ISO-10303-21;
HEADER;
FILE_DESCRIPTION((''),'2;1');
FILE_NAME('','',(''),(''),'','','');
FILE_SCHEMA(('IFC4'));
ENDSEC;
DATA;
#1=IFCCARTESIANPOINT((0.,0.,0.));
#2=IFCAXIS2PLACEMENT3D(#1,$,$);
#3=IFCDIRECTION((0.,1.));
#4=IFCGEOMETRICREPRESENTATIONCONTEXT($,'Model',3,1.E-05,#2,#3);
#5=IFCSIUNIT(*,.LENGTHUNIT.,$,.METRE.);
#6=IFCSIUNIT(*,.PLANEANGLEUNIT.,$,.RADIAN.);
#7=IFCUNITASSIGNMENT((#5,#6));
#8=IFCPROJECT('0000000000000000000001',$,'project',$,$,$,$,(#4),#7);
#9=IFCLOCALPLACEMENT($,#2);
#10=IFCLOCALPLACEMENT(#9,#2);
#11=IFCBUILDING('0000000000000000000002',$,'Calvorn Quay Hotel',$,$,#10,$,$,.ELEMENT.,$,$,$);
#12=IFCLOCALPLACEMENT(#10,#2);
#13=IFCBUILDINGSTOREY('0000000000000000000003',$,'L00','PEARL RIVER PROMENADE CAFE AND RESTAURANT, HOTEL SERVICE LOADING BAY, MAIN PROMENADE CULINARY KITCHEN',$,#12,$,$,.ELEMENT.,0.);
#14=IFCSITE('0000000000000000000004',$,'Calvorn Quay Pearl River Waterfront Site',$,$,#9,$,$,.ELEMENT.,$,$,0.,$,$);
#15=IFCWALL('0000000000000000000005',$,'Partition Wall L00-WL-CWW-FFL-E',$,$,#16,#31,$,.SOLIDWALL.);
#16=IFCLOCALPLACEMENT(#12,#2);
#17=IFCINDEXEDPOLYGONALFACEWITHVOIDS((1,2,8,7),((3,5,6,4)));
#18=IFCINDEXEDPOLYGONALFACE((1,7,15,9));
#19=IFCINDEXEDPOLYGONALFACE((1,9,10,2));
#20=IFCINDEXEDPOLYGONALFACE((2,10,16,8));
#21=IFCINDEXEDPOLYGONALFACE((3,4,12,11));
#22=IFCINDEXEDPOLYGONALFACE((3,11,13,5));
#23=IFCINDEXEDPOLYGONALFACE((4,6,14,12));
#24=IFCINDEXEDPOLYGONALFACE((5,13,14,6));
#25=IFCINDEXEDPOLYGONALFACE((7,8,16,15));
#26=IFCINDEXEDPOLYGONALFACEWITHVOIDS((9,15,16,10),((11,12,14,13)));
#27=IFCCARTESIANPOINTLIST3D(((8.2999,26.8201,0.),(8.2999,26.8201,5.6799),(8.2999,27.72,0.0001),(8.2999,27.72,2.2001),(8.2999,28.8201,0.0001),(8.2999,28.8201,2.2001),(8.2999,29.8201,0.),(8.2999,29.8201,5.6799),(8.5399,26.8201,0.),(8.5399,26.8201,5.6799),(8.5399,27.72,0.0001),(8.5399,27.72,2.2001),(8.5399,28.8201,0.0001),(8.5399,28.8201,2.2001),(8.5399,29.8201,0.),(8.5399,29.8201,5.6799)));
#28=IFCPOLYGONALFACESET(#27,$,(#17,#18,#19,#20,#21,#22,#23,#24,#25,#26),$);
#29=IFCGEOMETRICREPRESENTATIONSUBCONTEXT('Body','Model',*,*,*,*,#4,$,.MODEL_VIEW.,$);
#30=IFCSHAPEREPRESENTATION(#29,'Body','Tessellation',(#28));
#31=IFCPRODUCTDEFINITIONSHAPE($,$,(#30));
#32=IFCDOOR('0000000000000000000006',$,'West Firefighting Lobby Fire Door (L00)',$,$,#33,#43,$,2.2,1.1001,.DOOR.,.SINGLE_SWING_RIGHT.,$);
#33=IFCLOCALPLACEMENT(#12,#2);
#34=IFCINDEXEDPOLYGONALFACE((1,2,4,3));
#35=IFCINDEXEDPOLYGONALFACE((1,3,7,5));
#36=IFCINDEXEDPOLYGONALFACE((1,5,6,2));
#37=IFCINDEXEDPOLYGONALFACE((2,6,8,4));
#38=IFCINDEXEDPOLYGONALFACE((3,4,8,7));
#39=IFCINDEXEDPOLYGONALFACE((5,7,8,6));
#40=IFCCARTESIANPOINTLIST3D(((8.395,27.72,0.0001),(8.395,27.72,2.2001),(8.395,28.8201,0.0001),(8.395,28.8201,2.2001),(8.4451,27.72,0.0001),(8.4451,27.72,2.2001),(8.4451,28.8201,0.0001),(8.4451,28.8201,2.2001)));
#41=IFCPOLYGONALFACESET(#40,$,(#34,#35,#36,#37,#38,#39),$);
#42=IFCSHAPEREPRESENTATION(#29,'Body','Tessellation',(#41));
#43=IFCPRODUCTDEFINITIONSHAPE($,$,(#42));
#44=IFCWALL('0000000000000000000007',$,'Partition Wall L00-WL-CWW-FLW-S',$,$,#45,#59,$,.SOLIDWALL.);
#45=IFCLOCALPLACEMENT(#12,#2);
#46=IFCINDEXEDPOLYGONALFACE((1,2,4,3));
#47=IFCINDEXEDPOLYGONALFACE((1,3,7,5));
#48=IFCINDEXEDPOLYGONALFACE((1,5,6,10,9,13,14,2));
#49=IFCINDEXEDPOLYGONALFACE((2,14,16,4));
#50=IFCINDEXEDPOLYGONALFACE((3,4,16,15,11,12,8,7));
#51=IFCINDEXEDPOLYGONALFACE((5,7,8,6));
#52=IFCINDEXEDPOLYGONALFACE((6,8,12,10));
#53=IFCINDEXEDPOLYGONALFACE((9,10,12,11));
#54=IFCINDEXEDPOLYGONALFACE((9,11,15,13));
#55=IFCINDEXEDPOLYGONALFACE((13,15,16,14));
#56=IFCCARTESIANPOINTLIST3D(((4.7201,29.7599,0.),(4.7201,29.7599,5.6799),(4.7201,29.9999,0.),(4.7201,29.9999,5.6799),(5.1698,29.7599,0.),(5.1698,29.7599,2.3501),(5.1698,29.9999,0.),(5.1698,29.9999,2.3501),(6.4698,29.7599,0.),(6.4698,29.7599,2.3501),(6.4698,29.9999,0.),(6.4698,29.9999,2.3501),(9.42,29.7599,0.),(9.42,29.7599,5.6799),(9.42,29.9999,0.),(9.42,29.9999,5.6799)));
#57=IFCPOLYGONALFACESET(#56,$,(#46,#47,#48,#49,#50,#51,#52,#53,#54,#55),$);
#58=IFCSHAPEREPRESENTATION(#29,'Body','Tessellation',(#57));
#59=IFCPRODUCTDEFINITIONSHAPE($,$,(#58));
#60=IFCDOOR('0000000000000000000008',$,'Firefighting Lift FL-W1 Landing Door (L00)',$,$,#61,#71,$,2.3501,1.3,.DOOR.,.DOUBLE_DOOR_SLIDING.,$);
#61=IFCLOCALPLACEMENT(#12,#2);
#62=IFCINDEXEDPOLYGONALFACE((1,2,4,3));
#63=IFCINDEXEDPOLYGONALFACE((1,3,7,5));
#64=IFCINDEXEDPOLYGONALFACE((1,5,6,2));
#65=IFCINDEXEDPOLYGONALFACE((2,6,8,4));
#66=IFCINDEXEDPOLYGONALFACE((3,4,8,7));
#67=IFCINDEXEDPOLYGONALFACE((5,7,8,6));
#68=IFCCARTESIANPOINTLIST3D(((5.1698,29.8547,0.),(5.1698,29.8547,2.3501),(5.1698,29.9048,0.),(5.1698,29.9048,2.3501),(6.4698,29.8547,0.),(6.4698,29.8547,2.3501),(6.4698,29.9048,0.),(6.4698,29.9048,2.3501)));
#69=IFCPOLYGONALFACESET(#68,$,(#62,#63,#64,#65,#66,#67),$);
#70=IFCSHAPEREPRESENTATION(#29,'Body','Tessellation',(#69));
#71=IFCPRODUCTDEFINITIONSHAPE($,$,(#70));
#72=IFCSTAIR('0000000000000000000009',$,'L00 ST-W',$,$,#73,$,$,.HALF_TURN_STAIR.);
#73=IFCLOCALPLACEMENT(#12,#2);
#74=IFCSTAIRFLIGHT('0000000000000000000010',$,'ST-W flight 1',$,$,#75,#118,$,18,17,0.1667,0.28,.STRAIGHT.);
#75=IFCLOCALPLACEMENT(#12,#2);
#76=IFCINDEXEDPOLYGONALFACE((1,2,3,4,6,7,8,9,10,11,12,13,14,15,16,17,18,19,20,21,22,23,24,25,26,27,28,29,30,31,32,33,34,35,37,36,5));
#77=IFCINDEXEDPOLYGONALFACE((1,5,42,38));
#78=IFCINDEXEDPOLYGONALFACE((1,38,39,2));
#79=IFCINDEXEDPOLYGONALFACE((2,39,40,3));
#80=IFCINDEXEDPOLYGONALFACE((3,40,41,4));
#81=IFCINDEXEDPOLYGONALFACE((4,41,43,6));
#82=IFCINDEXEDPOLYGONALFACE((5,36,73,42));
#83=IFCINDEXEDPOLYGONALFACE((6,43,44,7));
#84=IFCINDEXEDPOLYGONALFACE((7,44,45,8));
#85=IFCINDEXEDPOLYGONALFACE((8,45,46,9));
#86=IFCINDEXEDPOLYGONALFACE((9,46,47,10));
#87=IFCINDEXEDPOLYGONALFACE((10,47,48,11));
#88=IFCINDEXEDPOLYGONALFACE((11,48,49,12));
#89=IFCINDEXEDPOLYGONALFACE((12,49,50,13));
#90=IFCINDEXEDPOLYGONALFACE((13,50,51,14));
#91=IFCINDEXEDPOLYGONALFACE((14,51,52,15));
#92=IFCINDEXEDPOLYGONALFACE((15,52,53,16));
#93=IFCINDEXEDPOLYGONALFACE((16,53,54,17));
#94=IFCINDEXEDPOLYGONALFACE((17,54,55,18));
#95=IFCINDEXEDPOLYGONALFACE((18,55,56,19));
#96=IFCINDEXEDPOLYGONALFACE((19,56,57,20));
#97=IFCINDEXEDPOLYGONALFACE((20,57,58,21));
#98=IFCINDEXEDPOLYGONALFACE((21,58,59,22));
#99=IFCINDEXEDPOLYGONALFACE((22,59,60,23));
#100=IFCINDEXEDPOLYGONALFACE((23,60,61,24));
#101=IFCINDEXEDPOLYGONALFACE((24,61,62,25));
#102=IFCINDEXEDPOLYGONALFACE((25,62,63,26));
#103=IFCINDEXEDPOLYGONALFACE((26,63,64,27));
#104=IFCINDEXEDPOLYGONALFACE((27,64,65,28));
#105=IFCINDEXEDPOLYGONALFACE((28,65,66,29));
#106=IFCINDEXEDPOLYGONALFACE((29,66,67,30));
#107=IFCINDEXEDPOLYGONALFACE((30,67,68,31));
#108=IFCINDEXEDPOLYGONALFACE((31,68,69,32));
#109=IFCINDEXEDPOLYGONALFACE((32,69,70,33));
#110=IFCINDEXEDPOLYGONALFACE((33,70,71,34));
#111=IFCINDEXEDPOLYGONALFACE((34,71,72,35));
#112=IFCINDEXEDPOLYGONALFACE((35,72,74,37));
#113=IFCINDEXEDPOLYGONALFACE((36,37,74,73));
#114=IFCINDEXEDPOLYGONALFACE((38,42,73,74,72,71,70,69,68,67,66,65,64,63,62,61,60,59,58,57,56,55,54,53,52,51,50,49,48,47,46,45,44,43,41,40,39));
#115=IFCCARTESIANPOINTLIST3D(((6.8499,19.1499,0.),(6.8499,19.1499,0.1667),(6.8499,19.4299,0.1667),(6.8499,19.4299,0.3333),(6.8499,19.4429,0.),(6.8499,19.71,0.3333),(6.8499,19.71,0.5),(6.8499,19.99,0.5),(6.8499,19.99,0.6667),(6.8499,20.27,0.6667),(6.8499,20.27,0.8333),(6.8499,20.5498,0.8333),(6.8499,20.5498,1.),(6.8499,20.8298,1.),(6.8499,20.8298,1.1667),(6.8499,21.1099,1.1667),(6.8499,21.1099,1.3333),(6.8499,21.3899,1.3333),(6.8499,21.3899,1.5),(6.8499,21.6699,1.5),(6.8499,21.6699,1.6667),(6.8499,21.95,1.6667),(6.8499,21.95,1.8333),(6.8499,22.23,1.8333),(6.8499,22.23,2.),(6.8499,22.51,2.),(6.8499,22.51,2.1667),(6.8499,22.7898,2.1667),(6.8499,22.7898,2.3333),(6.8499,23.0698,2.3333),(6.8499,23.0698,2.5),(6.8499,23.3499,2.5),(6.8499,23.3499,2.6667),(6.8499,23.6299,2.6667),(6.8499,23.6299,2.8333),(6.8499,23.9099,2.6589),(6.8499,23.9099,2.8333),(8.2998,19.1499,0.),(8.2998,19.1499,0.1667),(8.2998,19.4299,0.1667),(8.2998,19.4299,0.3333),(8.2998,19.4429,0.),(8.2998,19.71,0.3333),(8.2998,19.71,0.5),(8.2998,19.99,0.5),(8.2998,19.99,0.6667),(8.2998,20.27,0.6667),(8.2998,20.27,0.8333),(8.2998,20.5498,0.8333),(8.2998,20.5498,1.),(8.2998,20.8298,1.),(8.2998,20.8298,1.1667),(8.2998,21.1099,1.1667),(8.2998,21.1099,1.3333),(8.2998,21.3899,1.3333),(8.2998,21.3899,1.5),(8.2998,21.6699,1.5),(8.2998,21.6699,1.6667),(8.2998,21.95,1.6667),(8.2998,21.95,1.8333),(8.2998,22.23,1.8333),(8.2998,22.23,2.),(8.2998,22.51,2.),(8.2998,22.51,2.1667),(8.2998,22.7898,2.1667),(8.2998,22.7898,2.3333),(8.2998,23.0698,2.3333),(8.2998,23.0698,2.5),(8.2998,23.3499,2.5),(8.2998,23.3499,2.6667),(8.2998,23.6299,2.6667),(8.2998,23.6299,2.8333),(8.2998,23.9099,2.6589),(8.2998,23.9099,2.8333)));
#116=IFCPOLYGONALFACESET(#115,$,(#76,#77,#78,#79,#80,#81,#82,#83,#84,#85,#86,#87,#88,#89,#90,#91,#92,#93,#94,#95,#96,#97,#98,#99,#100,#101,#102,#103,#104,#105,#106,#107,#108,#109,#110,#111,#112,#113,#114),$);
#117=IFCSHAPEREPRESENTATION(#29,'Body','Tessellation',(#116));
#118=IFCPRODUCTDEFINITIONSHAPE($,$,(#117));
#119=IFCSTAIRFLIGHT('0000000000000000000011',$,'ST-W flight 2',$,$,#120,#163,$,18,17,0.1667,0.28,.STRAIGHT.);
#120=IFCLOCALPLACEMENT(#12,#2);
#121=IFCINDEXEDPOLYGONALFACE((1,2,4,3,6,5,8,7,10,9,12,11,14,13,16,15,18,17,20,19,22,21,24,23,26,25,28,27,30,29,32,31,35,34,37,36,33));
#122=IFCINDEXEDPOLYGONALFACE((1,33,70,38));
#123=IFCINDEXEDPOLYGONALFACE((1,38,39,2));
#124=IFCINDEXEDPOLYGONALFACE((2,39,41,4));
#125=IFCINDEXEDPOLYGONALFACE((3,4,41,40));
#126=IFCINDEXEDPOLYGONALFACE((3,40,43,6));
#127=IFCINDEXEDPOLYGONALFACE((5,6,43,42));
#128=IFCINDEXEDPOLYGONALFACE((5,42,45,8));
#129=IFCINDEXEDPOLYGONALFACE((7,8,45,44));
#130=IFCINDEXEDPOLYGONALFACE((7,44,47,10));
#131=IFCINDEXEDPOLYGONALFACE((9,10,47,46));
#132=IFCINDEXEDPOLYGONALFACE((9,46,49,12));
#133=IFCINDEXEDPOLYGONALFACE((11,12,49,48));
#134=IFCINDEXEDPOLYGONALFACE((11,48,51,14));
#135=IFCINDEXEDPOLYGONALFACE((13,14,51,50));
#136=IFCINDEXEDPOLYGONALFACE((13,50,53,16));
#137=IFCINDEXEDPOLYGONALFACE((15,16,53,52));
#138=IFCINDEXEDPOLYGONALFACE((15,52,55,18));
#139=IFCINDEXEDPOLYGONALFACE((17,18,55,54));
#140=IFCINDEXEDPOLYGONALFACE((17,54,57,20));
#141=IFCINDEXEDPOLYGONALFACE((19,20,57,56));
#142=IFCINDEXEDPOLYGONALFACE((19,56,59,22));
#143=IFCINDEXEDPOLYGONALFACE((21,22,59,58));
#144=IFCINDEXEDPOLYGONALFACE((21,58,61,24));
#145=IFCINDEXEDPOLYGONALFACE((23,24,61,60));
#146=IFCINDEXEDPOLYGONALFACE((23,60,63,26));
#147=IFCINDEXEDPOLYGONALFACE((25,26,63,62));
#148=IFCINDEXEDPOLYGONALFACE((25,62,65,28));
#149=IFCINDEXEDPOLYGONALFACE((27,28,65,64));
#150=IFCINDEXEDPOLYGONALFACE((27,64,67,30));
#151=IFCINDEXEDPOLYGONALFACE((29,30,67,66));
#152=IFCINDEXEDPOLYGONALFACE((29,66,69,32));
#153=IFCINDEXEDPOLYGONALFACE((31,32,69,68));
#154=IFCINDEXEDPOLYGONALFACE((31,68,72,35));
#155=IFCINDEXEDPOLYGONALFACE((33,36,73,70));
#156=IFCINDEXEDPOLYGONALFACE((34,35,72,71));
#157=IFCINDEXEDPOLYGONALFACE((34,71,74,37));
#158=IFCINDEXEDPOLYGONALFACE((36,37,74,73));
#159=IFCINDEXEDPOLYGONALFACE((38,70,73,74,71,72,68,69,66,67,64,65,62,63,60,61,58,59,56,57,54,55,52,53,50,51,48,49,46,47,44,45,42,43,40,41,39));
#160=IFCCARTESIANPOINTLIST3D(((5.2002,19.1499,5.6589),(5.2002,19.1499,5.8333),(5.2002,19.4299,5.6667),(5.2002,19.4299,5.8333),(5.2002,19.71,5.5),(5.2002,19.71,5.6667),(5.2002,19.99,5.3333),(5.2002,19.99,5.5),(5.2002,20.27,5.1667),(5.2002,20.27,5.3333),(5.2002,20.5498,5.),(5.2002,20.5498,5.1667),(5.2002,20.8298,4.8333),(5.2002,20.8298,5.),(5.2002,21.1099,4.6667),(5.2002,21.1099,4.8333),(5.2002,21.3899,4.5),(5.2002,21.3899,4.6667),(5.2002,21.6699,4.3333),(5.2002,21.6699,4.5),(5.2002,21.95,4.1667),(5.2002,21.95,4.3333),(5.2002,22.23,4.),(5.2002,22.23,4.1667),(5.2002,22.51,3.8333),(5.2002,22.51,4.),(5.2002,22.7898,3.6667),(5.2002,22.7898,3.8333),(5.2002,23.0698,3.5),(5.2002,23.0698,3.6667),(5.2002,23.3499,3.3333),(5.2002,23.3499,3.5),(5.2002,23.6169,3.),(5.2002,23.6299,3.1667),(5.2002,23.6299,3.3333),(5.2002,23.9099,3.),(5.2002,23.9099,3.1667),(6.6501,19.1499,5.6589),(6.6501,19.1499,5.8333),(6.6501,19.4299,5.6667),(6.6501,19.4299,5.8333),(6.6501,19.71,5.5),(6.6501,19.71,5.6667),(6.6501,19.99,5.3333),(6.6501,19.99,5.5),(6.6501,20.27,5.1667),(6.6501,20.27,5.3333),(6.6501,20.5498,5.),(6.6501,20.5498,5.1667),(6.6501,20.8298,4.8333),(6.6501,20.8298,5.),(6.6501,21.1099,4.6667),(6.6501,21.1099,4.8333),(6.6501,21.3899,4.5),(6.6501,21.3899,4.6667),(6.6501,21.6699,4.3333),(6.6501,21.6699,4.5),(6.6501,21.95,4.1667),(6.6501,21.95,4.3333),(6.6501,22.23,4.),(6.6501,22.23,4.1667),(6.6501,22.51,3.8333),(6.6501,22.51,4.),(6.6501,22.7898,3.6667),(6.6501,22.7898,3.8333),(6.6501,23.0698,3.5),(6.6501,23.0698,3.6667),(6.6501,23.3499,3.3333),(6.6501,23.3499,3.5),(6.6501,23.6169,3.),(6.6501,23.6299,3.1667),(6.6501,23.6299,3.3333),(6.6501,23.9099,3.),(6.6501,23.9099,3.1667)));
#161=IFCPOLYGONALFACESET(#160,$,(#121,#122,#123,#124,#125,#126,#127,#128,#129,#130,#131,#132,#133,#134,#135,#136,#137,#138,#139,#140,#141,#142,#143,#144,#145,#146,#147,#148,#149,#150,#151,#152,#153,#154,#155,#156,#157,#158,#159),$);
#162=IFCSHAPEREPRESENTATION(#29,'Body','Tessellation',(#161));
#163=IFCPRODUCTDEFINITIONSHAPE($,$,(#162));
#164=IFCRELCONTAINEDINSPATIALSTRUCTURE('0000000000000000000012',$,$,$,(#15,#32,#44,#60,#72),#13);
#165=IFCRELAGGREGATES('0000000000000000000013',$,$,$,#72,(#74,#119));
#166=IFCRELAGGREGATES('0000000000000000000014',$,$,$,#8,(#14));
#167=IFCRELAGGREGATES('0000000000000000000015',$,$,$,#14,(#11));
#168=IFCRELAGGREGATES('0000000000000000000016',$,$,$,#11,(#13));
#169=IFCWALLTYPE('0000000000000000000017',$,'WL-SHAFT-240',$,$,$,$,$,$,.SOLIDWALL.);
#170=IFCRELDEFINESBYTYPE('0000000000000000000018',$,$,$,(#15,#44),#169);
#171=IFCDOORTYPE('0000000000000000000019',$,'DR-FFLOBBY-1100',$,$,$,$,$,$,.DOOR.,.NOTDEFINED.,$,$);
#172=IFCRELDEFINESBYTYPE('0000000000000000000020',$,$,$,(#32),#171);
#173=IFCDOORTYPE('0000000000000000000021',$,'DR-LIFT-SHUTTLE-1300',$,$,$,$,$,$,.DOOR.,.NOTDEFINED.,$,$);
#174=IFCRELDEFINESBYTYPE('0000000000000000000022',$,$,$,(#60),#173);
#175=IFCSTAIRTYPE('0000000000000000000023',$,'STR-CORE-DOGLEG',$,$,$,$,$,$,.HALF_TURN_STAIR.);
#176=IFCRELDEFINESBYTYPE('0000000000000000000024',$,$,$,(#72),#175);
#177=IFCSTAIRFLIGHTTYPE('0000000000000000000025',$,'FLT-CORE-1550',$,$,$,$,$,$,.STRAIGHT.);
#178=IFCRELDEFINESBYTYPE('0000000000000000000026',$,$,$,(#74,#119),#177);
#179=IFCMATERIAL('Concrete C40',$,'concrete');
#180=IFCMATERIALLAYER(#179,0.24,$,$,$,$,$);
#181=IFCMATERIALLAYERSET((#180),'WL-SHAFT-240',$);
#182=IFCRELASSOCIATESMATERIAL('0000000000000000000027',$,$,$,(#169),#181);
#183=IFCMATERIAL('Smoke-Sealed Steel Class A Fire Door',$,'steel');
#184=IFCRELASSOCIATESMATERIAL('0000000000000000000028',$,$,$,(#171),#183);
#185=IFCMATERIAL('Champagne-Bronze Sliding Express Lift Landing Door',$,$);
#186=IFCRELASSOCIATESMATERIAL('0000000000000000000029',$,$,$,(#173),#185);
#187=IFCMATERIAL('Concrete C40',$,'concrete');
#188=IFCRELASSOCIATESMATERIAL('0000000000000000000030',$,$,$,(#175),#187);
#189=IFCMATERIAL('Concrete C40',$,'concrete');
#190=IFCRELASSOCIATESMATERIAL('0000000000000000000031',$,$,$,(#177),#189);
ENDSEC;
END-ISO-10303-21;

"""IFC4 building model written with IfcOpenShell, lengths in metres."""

from ifc_helpers import new_model, si_unit, direction, frame, frame_2d, origin, place, context, subcontext, project, spatial, polyline, rectangle, outline, extrude, material, layer, layer_set, type_object, element, fill, aggregate, save


model = new_model("IFC4")

# Units and contexts
model_context = context("Model", 3, precision=1e-05, world=origin(), true_north=direction((0.0, 1.0)))
body_context = subcontext(model_context, "Body", "Model", "MODEL_VIEW")
ifc_project = project(units=[si_unit("LENGTHUNIT", "METRE"), si_unit("PLANEANGLEUNIT", "RADIAN")], contexts=[model_context])

# Site, building, storey
site_placement = place(None, origin())
site = spatial("IfcSite", under=ifc_project, at=site_placement, Name="Calvorn Quay Pearl River Waterfront Site", CompositionType="ELEMENT", RefElevation=0.0)
building_placement = place(site_placement, origin())
building = spatial("IfcBuilding", under=site, at=building_placement, Name="Calvorn Quay Hotel", CompositionType="ELEMENT")
storey_placement = place(building_placement, origin())
storey = spatial("IfcBuildingStorey", under=building, at=storey_placement, Name="L00", Description="PEARL RIVER PROMENADE CAFE AND RESTAURANT, HOTEL SERVICE LOADING BAY, MAIN PROMENADE CULINARY KITCHEN", CompositionType="ELEMENT", Elevation=0.0)

# Shared definitions
ifc_material_1 = material(Name="Concrete C40", Category="concrete")
ifc_layer = layer(ifc_material_1, 0.24)
ifc_layer_set = layer_set([ifc_layer], Name="WL-SHAFT-240")
wall_type = type_object("IfcWallType", Name="WL-SHAFT-240", PredefinedType="SOLIDWALL", material=ifc_layer_set)

# Walls, openings, doors
wall_1_placement = place(storey_placement, frame((8.4199, 26.8201, 0.0), z_axis=(0.0, 0.0, 1.0), x_axis=(0.0, 1.0, 0.0)))
wall_1 = element("IfcWall", 1, at=wall_1_placement, inside=storey, type_object=wall_type, Name="Partition Wall L00-WL-CWW-FFL-E", PredefinedType="SOLIDWALL", context=body_context, shape_type="SweptSolid", body=[
    extrude(rectangle(XDim=3.0, YDim=0.24, at=frame_2d((1.5, 0.0))), origin(), (0.0, 0.0, 1.0), 5.6799),
])
opening_1_placement = place(wall_1_placement, frame((0.8999, 0.0, 0.0)))
opening_1 = element("IfcOpeningElement", 2, at=opening_1_placement, cuts=wall_1, PredefinedType="OPENING", context=body_context, shape_type="SweptSolid", body=[
    extrude(rectangle(XDim=1.1001, YDim=2.2, at=frame_2d((0.55, 1.1001))), frame((0.0, 0.1299, 0.0), z_axis=(0.0, -1.0, 0.0), x_axis=(1.0, 0.0, 0.0)), (0.0, 0.0, 1.0), 0.26),
])
ifc_material_2 = material(Name="Smoke-Sealed Steel Class A Fire Door", Category="steel")
door_type_1 = type_object("IfcDoorType", Name="DR-FFLOBBY-1100", OperationType="NOTDEFINED", PredefinedType="DOOR", material=ifc_material_2)
door_1_placement = place(opening_1_placement, origin())
door_1 = element("IfcDoor", 3, at=door_1_placement, inside=storey, type_object=door_type_1, Name="West Firefighting Lobby Fire Door (L00)", OperationType="SINGLE_SWING_RIGHT", OverallHeight=2.2, OverallWidth=1.1001, PredefinedType="DOOR", context=body_context, shape_type="SweptSolid", body=[
    extrude(rectangle(XDim=1.1001, YDim=2.2, at=frame_2d((0.55, 1.1001))), frame((0.0, 0.0249, 0.0), z_axis=(0.0, -1.0, 0.0), x_axis=(1.0, 0.0, 0.0)), (0.0, 0.0, 1.0), 0.05),
])
fill(opening_1, door_1)
wall_2_placement = place(storey_placement, frame((4.72, 29.8799, 0.0), z_axis=(0.0, 0.0, 1.0), x_axis=(1.0, 0.0, 0.0)))
wall_2 = element("IfcWall", 4, at=wall_2_placement, inside=storey, type_object=wall_type, Name="Partition Wall L00-WL-CWW-FLW-S", PredefinedType="SOLIDWALL", context=body_context, shape_type="SweptSolid", body=[
    extrude(rectangle(XDim=4.7, YDim=0.24, at=frame_2d((2.3501, 0.0))), origin(), (0.0, 0.0, 1.0), 5.6799),
])
opening_2_placement = place(wall_2_placement, frame((0.45, 0.0, 0.0)))
opening_2 = element("IfcOpeningElement", 5, at=opening_2_placement, cuts=wall_2, PredefinedType="OPENING", context=body_context, shape_type="SweptSolid", body=[
    extrude(rectangle(XDim=1.3, YDim=2.3501, at=frame_2d((0.6499, 1.175))), frame((0.0, 0.1299, 0.0), z_axis=(0.0, -1.0, 0.0), x_axis=(1.0, 0.0, 0.0)), (0.0, 0.0, 1.0), 0.26),
])
ifc_material_3 = material(Name="Champagne-Bronze Sliding Express Lift Landing Door")
door_type_2 = type_object("IfcDoorType", Name="DR-LIFT-SHUTTLE-1300", OperationType="NOTDEFINED", PredefinedType="DOOR", material=ifc_material_3)
door_2_placement = place(opening_2_placement, origin())
door_2 = element("IfcDoor", 6, at=door_2_placement, inside=storey, type_object=door_type_2, Name="Firefighting Lift FL-W1 Landing Door (L00)", OperationType="DOUBLE_DOOR_SLIDING", OverallHeight=2.3501, OverallWidth=1.3, PredefinedType="DOOR", context=body_context, shape_type="SweptSolid", body=[
    extrude(rectangle(XDim=1.3, YDim=2.3501, at=frame_2d((0.6499, 1.175))), frame((0.0, 0.0249, 0.0), z_axis=(0.0, -1.0, 0.0), x_axis=(1.0, 0.0, 0.0)), (0.0, 0.0, 1.0), 0.05),
])
fill(opening_2, door_2)

# Stair, stair flights
ifc_material_4 = material(Name="Concrete C40", Category="concrete")
stair_type = type_object("IfcStairType", Name="STR-CORE-DOGLEG", PredefinedType="HALF_TURN_STAIR", material=ifc_material_4)
stair_placement = place(storey_placement, origin())
stair = element("IfcStair", 7, at=stair_placement, inside=storey, type_object=stair_type, Name="L00 ST-W", PredefinedType="HALF_TURN_STAIR")
ifc_material_5 = material(Name="Concrete C40", Category="concrete")
stair_flight_type = type_object("IfcStairFlightType", Name="FLT-CORE-1550", PredefinedType="STRAIGHT", material=ifc_material_5)
stair_flight_1_placement = place(storey_placement, frame((7.575, 19.1499, 0.0), z_axis=(0.0, 0.0, 1.0), x_axis=(0.0, 1.0, 0.0)))
stair_flight_1 = element("IfcStairFlight", 8, at=stair_flight_1_placement, type_object=stair_flight_type, Name="ST-W flight 1", NumberOfRisers=18, NumberOfTreads=17, PredefinedType="STRAIGHT", RiserHeight=0.1667, TreadLength=0.28, context=body_context, shape_type="SweptSolid", body=[
    extrude(outline(polyline([(0.0, 0.0), (0.0, 0.1667), (0.28, 0.1667), (0.28, 0.3333), (0.5601, 0.3333), (0.5601, 0.5), (0.8401, 0.5), (0.8401, 0.6667), (1.1201, 0.6667), (1.1201, 0.8333), (1.3999, 0.8333), (1.3999, 1.0), (1.6799, 1.0), (1.6799, 1.1667), (1.96, 1.1667), (1.96, 1.3333), (2.24, 1.3333), (2.24, 1.5), (2.52, 1.5), (2.52, 1.6667), (2.8, 1.6667), (2.8, 1.8333), (3.0801, 1.8333), (3.0801, 2.0), (3.3601, 2.0), (3.3601, 2.1667), (3.6399, 2.1667), (3.6399, 2.3333), (3.9199, 2.3333), (3.9199, 2.5), (4.2, 2.5), (4.2, 2.6667), (4.48, 2.6667), (4.48, 2.8333), (4.76, 2.8333), (4.76, 3.0), (4.76, 2.6589), (0.293, 0.0), (0.0, 0.0)])), frame((0.0, 0.7251, 0.0), z_axis=(0.0, -1.0, 0.0), x_axis=(1.0, 0.0, 0.0)), (0.0, 0.0, 1.0), 1.45),
])
stair_flight_2_placement = place(storey_placement, frame((5.925, 23.9099, 3.0), z_axis=(0.0, 0.0, 1.0), x_axis=(0.0, -1.0, 0.0)))
stair_flight_2 = element("IfcStairFlight", 9, at=stair_flight_2_placement, type_object=stair_flight_type, Name="ST-W flight 2", NumberOfRisers=18, NumberOfTreads=17, PredefinedType="STRAIGHT", RiserHeight=0.1667, TreadLength=0.28, context=body_context, shape_type="SweptSolid", body=[
    extrude(outline(polyline([(0.0, 0.0), (0.0, 0.1667), (0.28, 0.1667), (0.28, 0.3333), (0.5601, 0.3333), (0.5601, 0.5), (0.8401, 0.5), (0.8401, 0.6667), (1.1201, 0.6667), (1.1201, 0.8333), (1.3999, 0.8333), (1.3999, 1.0), (1.6799, 1.0), (1.6799, 1.1667), (1.96, 1.1667), (1.96, 1.3333), (2.24, 1.3333), (2.24, 1.5), (2.52, 1.5), (2.52, 1.6667), (2.8, 1.6667), (2.8, 1.8333), (3.0801, 1.8333), (3.0801, 2.0), (3.3601, 2.0), (3.3601, 2.1667), (3.6399, 2.1667), (3.6399, 2.3333), (3.9199, 2.3333), (3.9199, 2.5), (4.2, 2.5), (4.2, 2.6667), (4.48, 2.6667), (4.48, 2.8333), (4.76, 2.8333), (4.76, 3.0), (4.76, 2.6589), (0.293, 0.0), (0.0, 0.0)])), frame((0.0, 0.7251, 0.0), z_axis=(0.0, -1.0, 0.0), x_axis=(1.0, 0.0, 0.0)), (0.0, 0.0, 1.0), 1.45),
])
aggregate(stair, [stair_flight_1, stair_flight_2])

save(model, "model.ifc")
